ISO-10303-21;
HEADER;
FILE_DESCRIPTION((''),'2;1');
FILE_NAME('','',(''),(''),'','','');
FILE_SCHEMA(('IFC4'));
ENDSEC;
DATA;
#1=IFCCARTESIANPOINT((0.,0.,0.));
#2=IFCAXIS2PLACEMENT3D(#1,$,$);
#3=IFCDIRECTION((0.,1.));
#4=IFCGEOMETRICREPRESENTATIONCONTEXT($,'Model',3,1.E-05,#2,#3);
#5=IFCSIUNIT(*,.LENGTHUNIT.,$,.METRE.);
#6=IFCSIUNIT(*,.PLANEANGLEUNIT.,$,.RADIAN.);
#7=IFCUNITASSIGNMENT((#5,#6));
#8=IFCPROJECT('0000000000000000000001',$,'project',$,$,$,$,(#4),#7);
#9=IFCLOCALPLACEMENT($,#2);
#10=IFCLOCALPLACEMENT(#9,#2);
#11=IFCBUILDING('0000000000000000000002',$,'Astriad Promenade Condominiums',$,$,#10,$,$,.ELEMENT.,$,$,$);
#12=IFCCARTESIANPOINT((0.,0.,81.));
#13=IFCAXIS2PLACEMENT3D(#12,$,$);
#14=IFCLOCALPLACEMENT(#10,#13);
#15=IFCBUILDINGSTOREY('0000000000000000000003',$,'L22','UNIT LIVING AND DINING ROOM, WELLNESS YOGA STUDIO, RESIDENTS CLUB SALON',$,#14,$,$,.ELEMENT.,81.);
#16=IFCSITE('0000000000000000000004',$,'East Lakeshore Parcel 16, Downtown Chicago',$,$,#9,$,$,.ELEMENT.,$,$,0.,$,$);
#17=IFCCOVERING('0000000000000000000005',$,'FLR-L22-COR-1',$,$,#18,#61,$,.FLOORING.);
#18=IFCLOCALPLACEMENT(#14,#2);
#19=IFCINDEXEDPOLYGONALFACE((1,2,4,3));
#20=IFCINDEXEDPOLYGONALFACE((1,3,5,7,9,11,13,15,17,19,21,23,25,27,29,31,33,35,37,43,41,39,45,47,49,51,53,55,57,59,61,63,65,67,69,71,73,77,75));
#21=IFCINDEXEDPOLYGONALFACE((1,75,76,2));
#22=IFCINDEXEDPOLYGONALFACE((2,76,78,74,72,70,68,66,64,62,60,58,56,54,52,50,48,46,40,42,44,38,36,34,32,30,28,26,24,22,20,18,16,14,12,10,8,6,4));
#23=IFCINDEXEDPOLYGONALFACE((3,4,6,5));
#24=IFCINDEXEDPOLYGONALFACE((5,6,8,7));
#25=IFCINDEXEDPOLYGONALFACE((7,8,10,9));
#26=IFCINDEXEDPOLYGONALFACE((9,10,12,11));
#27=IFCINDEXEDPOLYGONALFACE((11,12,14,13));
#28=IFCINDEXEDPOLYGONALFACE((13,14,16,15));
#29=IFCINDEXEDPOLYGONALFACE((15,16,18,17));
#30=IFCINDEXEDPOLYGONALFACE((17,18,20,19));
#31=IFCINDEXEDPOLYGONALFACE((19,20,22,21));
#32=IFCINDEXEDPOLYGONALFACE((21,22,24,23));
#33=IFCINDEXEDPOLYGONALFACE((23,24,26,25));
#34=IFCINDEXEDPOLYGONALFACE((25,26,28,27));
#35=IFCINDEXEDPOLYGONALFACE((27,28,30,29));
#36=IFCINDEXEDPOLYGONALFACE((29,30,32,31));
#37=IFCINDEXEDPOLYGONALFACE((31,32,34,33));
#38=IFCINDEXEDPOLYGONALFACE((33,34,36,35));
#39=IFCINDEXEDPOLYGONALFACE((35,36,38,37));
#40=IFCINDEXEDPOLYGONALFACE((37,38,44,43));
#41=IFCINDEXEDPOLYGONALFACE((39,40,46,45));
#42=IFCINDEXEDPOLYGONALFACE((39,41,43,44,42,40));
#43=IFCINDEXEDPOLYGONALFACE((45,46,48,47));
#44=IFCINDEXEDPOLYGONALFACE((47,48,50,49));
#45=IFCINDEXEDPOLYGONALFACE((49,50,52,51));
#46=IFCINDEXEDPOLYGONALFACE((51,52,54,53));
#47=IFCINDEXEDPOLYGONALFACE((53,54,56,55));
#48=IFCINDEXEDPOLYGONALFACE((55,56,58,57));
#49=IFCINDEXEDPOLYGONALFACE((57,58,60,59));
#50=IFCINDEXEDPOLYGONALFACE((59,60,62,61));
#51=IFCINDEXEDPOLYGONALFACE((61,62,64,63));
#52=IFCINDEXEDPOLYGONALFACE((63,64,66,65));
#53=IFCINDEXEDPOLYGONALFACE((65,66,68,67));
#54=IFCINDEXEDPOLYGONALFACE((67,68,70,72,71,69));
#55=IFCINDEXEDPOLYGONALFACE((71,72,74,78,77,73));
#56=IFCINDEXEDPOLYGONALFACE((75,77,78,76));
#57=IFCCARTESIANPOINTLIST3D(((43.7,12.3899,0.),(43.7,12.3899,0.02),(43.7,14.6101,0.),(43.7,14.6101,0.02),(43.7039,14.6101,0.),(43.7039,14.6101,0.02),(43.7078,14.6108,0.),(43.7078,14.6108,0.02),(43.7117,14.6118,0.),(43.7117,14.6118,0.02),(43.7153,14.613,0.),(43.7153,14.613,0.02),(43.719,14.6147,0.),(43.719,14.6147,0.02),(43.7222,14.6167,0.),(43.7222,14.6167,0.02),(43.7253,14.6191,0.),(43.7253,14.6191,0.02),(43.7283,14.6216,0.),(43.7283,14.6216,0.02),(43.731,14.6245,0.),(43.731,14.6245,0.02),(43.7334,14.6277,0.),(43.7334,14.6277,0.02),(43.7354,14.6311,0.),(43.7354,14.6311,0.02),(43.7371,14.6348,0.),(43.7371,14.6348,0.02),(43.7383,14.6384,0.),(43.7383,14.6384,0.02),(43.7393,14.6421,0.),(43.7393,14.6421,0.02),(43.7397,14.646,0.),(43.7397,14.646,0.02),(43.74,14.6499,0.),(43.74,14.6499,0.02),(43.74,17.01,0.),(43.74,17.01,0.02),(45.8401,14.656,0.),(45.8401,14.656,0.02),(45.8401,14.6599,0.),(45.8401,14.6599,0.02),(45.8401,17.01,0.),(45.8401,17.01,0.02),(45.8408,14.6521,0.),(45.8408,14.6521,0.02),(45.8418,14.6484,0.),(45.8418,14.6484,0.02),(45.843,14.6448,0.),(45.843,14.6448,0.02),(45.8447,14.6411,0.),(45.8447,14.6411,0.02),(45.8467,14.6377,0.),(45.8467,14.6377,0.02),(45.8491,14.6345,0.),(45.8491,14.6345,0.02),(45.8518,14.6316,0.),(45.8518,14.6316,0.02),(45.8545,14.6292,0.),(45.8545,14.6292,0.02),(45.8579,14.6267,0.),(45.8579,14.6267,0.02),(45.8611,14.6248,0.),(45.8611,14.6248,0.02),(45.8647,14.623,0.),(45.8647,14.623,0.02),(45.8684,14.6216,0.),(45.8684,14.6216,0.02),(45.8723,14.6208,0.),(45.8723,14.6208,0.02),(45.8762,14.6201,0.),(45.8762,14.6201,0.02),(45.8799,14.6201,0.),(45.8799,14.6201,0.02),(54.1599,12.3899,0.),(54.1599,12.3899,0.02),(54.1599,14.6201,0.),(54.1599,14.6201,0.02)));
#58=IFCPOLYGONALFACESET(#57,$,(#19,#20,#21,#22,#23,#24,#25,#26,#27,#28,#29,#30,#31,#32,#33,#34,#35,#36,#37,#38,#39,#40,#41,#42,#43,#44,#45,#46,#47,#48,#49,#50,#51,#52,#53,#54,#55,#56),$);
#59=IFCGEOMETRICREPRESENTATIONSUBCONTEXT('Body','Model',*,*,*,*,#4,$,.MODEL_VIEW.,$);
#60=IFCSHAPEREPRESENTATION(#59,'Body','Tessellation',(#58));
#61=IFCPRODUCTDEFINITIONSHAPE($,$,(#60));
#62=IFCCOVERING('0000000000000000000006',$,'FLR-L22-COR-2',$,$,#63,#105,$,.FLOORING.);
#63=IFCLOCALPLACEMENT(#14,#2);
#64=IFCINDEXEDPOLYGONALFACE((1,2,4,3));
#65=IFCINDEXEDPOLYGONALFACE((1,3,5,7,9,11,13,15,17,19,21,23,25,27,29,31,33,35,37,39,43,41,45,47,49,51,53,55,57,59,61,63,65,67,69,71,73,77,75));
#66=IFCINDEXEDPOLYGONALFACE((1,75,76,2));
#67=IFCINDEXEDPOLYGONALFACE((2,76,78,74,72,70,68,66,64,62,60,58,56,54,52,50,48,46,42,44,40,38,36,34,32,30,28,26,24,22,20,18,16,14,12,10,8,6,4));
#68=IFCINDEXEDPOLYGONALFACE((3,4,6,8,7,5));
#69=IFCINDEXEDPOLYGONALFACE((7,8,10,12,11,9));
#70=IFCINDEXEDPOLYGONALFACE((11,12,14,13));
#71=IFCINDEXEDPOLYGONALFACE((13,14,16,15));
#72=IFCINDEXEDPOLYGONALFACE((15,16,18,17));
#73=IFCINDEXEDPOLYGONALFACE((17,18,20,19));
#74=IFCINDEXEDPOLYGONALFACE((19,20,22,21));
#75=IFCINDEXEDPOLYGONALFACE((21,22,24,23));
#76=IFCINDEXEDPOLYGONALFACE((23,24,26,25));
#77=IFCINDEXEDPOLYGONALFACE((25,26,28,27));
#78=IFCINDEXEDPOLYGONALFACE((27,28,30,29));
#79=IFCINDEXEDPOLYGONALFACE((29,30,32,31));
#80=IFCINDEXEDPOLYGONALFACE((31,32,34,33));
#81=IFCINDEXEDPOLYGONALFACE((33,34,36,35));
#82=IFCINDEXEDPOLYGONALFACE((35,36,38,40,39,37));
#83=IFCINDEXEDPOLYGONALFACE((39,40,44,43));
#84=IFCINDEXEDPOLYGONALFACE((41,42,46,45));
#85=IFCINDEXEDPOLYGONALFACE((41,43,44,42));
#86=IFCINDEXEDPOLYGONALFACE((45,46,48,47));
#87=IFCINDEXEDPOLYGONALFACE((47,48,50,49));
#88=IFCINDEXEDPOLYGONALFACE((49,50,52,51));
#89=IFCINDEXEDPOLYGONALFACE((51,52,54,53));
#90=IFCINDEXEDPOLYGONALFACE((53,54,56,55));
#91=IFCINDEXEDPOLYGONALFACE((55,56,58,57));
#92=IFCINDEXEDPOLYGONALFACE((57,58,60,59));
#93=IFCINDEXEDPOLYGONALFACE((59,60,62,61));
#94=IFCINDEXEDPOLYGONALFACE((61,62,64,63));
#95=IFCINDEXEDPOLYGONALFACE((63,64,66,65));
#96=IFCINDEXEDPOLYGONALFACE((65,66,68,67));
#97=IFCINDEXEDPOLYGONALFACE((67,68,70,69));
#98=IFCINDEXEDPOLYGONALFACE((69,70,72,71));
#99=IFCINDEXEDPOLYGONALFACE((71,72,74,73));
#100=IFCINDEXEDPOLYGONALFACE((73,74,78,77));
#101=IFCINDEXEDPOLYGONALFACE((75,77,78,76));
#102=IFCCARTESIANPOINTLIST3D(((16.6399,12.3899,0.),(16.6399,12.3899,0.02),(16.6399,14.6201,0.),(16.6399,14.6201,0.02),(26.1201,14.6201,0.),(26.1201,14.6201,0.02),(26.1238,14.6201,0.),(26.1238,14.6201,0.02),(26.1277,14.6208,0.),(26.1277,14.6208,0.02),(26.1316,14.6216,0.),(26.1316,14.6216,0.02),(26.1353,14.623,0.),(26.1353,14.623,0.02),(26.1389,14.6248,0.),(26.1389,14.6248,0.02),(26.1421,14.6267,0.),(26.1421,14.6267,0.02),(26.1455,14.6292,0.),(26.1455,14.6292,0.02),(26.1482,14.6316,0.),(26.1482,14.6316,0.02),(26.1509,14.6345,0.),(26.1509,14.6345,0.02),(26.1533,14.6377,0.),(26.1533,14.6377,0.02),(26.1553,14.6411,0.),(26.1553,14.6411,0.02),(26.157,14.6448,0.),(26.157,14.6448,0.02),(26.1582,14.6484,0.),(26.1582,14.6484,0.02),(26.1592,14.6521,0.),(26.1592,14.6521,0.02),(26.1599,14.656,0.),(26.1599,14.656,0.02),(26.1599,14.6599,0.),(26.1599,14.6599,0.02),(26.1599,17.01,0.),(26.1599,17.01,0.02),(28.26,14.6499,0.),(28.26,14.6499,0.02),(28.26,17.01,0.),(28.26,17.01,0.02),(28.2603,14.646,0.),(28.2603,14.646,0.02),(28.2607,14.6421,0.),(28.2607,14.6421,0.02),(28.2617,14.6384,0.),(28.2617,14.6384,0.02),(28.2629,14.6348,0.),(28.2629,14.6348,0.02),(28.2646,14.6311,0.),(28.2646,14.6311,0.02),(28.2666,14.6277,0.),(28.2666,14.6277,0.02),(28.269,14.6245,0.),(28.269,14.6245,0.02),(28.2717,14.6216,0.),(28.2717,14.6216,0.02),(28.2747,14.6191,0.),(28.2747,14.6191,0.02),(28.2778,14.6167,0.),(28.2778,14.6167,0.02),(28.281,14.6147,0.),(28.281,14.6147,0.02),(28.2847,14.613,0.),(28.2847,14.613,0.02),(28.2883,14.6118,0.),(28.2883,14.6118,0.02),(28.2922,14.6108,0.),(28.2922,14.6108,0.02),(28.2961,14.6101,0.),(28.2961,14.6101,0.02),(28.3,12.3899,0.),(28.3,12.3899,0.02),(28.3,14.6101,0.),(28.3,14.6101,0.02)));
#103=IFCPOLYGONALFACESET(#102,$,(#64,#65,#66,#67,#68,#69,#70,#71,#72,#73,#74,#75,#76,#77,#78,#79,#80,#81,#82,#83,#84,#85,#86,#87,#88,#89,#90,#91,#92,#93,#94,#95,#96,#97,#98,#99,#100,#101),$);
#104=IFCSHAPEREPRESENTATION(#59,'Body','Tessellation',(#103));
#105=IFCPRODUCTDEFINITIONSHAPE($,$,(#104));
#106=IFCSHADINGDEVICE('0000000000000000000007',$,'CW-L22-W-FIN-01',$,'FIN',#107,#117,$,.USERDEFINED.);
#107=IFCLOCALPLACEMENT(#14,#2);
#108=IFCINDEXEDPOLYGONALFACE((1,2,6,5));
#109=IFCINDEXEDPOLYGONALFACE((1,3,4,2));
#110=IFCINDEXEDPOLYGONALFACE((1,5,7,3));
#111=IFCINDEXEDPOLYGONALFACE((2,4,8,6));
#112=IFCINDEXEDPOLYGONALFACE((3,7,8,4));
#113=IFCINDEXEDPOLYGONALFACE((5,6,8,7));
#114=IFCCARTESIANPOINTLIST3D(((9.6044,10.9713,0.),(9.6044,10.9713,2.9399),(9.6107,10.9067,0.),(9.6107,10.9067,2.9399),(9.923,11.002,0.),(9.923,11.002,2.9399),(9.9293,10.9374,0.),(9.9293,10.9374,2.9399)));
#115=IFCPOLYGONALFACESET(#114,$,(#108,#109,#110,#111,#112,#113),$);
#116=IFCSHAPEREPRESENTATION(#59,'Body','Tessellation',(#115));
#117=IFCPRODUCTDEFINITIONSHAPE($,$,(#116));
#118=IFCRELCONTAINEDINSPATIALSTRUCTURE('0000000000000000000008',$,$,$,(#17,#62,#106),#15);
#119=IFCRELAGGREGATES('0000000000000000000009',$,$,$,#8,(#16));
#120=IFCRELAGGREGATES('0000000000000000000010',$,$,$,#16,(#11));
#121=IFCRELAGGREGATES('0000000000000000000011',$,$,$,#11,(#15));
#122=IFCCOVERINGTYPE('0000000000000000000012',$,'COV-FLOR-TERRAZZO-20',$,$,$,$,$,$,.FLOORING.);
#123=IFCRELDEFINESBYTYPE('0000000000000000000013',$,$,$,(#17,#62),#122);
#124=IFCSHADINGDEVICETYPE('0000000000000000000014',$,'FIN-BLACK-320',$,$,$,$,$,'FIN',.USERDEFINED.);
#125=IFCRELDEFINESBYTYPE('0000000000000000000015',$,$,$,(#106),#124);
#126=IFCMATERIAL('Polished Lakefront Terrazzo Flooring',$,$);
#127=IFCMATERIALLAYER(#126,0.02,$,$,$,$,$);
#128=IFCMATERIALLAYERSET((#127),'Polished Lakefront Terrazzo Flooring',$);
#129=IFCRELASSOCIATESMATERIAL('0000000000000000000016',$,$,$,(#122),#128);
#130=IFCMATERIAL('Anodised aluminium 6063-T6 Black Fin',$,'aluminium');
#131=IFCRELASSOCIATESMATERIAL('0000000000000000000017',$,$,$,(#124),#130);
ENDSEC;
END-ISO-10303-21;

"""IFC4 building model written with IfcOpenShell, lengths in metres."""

from ifc_helpers import new_model, si_unit, direction, frame, origin, origin_2d, place, context, subcontext, project, spatial, polyline, rectangle, outline, extrude, source, transform, mapped, material, layer, layer_set, type_object, type_shapes, element, save


model = new_model("IFC4")

# Units and contexts
model_context = context("Model", 3, precision=1e-05, world=origin(), true_north=direction((0.0, 1.0)))
body_context = subcontext(model_context, "Body", "Model", "MODEL_VIEW")
ifc_project = project(units=[si_unit("LENGTHUNIT", "METRE"), si_unit("PLANEANGLEUNIT", "RADIAN")], contexts=[model_context])

# Site, building, storey
site_placement = place(None, origin())
site = spatial("IfcSite", under=ifc_project, at=site_placement, Name="East Lakeshore Parcel 16, Downtown Chicago", CompositionType="ELEMENT", RefElevation=0.0)
building_placement = place(site_placement, origin())
building = spatial("IfcBuilding", under=site, at=building_placement, Name="Astriad Promenade Condominiums", CompositionType="ELEMENT")
storey_placement = place(building_placement, frame((0.0, 0.0, 81.0)))
storey = spatial("IfcBuildingStorey", under=building, at=storey_placement, Name="L22", Description="UNIT LIVING AND DINING ROOM, WELLNESS YOGA STUDIO, RESIDENTS CLUB SALON", CompositionType="ELEMENT", Elevation=81.0)

# Coverings
ifc_material_1 = material(Name="Polished Lakefront Terrazzo Flooring")
ifc_layer_1 = layer(ifc_material_1, 0.02)
ifc_layer_set_1 = layer_set([ifc_layer_1], Name="Polished Lakefront Terrazzo Flooring")
covering_type = type_object("IfcCoveringType", Name="COV-FLOR-TERRAZZO-20", PredefinedType="FLOORING", material=ifc_layer_set_1)
covering_1_placement = place(storey_placement, origin())
element("IfcCovering", 1, at=covering_1_placement, inside=storey, type_object=covering_type, Name="FLR-L22-COR-1", PredefinedType="FLOORING", context=body_context, shape_type="SweptSolid", body=[
    extrude(outline(polyline([(43.7, 12.3899), (43.7, 14.6101), (43.7039, 14.6101), (43.7078, 14.6108), (43.7117, 14.6118), (43.7153, 14.613), (43.719, 14.6147), (43.7222, 14.6167), (43.7253, 14.6191), (43.7283, 14.6216), (43.731, 14.6245), (43.7334, 14.6277), (43.7354, 14.6311), (43.7371, 14.6348), (43.7383, 14.6384), (43.7393, 14.6421), (43.7397, 14.646), (43.74, 14.6499), (43.74, 17.01), (45.8401, 17.01), (45.8401, 14.6599), (45.8401, 14.656), (45.8408, 14.6521), (45.8418, 14.6484), (45.843, 14.6448), (45.8447, 14.6411), (45.8467, 14.6377), (45.8491, 14.6345), (45.8518, 14.6316), (45.8545, 14.6292), (45.8579, 14.6267), (45.8611, 14.6248), (45.8647, 14.623), (45.8684, 14.6216), (45.8723, 14.6208), (45.8762, 14.6201), (45.8799, 14.6201), (54.1599, 14.6201), (54.1599, 12.3899), (43.7, 12.3899)])), origin(), (0.0, 0.0, 1.0), 0.02),
])
covering_2_placement = place(storey_placement, origin())
element("IfcCovering", 2, at=covering_2_placement, inside=storey, type_object=covering_type, Name="FLR-L22-COR-2", PredefinedType="FLOORING", context=body_context, shape_type="SweptSolid", body=[
    extrude(outline(polyline([(28.3, 12.3899), (16.6399, 12.3899), (16.6399, 14.6201), (26.1201, 14.6201), (26.1238, 14.6201), (26.1277, 14.6208), (26.1316, 14.6216), (26.1353, 14.623), (26.1389, 14.6248), (26.1421, 14.6267), (26.1455, 14.6292), (26.1482, 14.6316), (26.1509, 14.6345), (26.1533, 14.6377), (26.1553, 14.6411), (26.157, 14.6448), (26.1582, 14.6484), (26.1592, 14.6521), (26.1599, 14.656), (26.1599, 14.6599), (26.1599, 17.01), (28.26, 17.01), (28.26, 14.6499), (28.2603, 14.646), (28.2607, 14.6421), (28.2617, 14.6384), (28.2629, 14.6348), (28.2646, 14.6311), (28.2666, 14.6277), (28.269, 14.6245), (28.2717, 14.6216), (28.2747, 14.6191), (28.2778, 14.6167), (28.281, 14.6147), (28.2847, 14.613), (28.2883, 14.6118), (28.2922, 14.6108), (28.2961, 14.6101), (28.3, 14.6101), (28.3, 12.3899)])), origin(), (0.0, 0.0, 1.0), 0.02),
])

# Shading device
ifc_material_2 = material(Name="Anodised aluminium 6063-T6 Black Fin", Category="aluminium")
shading_device_type = type_object("IfcShadingDeviceType", Name="FIN-BLACK-320", ElementType="FIN", PredefinedType="USERDEFINED", material=ifc_material_2)
shared_shape_1 = source(origin(), body_context, "Body", "SweptSolid", [
    extrude(rectangle(XDim=0.0649, YDim=0.3201, at=origin_2d()), origin(), (0.0, 0.0, 1.0), 2.9399),
])
type_shapes(shading_device_type, [shared_shape_1])
shading_device_placement = place(storey_placement, frame((9.7668, 10.9543, 0.0), z_axis=(0.0, 0.0, 1.0), x_axis=(-0.095846, 0.995396, 0.0)))
element("IfcShadingDevice", 3, at=shading_device_placement, inside=storey, type_object=shading_device_type, Name="CW-L22-W-FIN-01", ObjectType="FIN", PredefinedType="USERDEFINED", context=body_context, shape_type="MappedRepresentation", body=[
    mapped(shared_shape_1, transform((0.0, 0.0, 0.0), scale=1.0)),
])

save(model, "model.ifc")
